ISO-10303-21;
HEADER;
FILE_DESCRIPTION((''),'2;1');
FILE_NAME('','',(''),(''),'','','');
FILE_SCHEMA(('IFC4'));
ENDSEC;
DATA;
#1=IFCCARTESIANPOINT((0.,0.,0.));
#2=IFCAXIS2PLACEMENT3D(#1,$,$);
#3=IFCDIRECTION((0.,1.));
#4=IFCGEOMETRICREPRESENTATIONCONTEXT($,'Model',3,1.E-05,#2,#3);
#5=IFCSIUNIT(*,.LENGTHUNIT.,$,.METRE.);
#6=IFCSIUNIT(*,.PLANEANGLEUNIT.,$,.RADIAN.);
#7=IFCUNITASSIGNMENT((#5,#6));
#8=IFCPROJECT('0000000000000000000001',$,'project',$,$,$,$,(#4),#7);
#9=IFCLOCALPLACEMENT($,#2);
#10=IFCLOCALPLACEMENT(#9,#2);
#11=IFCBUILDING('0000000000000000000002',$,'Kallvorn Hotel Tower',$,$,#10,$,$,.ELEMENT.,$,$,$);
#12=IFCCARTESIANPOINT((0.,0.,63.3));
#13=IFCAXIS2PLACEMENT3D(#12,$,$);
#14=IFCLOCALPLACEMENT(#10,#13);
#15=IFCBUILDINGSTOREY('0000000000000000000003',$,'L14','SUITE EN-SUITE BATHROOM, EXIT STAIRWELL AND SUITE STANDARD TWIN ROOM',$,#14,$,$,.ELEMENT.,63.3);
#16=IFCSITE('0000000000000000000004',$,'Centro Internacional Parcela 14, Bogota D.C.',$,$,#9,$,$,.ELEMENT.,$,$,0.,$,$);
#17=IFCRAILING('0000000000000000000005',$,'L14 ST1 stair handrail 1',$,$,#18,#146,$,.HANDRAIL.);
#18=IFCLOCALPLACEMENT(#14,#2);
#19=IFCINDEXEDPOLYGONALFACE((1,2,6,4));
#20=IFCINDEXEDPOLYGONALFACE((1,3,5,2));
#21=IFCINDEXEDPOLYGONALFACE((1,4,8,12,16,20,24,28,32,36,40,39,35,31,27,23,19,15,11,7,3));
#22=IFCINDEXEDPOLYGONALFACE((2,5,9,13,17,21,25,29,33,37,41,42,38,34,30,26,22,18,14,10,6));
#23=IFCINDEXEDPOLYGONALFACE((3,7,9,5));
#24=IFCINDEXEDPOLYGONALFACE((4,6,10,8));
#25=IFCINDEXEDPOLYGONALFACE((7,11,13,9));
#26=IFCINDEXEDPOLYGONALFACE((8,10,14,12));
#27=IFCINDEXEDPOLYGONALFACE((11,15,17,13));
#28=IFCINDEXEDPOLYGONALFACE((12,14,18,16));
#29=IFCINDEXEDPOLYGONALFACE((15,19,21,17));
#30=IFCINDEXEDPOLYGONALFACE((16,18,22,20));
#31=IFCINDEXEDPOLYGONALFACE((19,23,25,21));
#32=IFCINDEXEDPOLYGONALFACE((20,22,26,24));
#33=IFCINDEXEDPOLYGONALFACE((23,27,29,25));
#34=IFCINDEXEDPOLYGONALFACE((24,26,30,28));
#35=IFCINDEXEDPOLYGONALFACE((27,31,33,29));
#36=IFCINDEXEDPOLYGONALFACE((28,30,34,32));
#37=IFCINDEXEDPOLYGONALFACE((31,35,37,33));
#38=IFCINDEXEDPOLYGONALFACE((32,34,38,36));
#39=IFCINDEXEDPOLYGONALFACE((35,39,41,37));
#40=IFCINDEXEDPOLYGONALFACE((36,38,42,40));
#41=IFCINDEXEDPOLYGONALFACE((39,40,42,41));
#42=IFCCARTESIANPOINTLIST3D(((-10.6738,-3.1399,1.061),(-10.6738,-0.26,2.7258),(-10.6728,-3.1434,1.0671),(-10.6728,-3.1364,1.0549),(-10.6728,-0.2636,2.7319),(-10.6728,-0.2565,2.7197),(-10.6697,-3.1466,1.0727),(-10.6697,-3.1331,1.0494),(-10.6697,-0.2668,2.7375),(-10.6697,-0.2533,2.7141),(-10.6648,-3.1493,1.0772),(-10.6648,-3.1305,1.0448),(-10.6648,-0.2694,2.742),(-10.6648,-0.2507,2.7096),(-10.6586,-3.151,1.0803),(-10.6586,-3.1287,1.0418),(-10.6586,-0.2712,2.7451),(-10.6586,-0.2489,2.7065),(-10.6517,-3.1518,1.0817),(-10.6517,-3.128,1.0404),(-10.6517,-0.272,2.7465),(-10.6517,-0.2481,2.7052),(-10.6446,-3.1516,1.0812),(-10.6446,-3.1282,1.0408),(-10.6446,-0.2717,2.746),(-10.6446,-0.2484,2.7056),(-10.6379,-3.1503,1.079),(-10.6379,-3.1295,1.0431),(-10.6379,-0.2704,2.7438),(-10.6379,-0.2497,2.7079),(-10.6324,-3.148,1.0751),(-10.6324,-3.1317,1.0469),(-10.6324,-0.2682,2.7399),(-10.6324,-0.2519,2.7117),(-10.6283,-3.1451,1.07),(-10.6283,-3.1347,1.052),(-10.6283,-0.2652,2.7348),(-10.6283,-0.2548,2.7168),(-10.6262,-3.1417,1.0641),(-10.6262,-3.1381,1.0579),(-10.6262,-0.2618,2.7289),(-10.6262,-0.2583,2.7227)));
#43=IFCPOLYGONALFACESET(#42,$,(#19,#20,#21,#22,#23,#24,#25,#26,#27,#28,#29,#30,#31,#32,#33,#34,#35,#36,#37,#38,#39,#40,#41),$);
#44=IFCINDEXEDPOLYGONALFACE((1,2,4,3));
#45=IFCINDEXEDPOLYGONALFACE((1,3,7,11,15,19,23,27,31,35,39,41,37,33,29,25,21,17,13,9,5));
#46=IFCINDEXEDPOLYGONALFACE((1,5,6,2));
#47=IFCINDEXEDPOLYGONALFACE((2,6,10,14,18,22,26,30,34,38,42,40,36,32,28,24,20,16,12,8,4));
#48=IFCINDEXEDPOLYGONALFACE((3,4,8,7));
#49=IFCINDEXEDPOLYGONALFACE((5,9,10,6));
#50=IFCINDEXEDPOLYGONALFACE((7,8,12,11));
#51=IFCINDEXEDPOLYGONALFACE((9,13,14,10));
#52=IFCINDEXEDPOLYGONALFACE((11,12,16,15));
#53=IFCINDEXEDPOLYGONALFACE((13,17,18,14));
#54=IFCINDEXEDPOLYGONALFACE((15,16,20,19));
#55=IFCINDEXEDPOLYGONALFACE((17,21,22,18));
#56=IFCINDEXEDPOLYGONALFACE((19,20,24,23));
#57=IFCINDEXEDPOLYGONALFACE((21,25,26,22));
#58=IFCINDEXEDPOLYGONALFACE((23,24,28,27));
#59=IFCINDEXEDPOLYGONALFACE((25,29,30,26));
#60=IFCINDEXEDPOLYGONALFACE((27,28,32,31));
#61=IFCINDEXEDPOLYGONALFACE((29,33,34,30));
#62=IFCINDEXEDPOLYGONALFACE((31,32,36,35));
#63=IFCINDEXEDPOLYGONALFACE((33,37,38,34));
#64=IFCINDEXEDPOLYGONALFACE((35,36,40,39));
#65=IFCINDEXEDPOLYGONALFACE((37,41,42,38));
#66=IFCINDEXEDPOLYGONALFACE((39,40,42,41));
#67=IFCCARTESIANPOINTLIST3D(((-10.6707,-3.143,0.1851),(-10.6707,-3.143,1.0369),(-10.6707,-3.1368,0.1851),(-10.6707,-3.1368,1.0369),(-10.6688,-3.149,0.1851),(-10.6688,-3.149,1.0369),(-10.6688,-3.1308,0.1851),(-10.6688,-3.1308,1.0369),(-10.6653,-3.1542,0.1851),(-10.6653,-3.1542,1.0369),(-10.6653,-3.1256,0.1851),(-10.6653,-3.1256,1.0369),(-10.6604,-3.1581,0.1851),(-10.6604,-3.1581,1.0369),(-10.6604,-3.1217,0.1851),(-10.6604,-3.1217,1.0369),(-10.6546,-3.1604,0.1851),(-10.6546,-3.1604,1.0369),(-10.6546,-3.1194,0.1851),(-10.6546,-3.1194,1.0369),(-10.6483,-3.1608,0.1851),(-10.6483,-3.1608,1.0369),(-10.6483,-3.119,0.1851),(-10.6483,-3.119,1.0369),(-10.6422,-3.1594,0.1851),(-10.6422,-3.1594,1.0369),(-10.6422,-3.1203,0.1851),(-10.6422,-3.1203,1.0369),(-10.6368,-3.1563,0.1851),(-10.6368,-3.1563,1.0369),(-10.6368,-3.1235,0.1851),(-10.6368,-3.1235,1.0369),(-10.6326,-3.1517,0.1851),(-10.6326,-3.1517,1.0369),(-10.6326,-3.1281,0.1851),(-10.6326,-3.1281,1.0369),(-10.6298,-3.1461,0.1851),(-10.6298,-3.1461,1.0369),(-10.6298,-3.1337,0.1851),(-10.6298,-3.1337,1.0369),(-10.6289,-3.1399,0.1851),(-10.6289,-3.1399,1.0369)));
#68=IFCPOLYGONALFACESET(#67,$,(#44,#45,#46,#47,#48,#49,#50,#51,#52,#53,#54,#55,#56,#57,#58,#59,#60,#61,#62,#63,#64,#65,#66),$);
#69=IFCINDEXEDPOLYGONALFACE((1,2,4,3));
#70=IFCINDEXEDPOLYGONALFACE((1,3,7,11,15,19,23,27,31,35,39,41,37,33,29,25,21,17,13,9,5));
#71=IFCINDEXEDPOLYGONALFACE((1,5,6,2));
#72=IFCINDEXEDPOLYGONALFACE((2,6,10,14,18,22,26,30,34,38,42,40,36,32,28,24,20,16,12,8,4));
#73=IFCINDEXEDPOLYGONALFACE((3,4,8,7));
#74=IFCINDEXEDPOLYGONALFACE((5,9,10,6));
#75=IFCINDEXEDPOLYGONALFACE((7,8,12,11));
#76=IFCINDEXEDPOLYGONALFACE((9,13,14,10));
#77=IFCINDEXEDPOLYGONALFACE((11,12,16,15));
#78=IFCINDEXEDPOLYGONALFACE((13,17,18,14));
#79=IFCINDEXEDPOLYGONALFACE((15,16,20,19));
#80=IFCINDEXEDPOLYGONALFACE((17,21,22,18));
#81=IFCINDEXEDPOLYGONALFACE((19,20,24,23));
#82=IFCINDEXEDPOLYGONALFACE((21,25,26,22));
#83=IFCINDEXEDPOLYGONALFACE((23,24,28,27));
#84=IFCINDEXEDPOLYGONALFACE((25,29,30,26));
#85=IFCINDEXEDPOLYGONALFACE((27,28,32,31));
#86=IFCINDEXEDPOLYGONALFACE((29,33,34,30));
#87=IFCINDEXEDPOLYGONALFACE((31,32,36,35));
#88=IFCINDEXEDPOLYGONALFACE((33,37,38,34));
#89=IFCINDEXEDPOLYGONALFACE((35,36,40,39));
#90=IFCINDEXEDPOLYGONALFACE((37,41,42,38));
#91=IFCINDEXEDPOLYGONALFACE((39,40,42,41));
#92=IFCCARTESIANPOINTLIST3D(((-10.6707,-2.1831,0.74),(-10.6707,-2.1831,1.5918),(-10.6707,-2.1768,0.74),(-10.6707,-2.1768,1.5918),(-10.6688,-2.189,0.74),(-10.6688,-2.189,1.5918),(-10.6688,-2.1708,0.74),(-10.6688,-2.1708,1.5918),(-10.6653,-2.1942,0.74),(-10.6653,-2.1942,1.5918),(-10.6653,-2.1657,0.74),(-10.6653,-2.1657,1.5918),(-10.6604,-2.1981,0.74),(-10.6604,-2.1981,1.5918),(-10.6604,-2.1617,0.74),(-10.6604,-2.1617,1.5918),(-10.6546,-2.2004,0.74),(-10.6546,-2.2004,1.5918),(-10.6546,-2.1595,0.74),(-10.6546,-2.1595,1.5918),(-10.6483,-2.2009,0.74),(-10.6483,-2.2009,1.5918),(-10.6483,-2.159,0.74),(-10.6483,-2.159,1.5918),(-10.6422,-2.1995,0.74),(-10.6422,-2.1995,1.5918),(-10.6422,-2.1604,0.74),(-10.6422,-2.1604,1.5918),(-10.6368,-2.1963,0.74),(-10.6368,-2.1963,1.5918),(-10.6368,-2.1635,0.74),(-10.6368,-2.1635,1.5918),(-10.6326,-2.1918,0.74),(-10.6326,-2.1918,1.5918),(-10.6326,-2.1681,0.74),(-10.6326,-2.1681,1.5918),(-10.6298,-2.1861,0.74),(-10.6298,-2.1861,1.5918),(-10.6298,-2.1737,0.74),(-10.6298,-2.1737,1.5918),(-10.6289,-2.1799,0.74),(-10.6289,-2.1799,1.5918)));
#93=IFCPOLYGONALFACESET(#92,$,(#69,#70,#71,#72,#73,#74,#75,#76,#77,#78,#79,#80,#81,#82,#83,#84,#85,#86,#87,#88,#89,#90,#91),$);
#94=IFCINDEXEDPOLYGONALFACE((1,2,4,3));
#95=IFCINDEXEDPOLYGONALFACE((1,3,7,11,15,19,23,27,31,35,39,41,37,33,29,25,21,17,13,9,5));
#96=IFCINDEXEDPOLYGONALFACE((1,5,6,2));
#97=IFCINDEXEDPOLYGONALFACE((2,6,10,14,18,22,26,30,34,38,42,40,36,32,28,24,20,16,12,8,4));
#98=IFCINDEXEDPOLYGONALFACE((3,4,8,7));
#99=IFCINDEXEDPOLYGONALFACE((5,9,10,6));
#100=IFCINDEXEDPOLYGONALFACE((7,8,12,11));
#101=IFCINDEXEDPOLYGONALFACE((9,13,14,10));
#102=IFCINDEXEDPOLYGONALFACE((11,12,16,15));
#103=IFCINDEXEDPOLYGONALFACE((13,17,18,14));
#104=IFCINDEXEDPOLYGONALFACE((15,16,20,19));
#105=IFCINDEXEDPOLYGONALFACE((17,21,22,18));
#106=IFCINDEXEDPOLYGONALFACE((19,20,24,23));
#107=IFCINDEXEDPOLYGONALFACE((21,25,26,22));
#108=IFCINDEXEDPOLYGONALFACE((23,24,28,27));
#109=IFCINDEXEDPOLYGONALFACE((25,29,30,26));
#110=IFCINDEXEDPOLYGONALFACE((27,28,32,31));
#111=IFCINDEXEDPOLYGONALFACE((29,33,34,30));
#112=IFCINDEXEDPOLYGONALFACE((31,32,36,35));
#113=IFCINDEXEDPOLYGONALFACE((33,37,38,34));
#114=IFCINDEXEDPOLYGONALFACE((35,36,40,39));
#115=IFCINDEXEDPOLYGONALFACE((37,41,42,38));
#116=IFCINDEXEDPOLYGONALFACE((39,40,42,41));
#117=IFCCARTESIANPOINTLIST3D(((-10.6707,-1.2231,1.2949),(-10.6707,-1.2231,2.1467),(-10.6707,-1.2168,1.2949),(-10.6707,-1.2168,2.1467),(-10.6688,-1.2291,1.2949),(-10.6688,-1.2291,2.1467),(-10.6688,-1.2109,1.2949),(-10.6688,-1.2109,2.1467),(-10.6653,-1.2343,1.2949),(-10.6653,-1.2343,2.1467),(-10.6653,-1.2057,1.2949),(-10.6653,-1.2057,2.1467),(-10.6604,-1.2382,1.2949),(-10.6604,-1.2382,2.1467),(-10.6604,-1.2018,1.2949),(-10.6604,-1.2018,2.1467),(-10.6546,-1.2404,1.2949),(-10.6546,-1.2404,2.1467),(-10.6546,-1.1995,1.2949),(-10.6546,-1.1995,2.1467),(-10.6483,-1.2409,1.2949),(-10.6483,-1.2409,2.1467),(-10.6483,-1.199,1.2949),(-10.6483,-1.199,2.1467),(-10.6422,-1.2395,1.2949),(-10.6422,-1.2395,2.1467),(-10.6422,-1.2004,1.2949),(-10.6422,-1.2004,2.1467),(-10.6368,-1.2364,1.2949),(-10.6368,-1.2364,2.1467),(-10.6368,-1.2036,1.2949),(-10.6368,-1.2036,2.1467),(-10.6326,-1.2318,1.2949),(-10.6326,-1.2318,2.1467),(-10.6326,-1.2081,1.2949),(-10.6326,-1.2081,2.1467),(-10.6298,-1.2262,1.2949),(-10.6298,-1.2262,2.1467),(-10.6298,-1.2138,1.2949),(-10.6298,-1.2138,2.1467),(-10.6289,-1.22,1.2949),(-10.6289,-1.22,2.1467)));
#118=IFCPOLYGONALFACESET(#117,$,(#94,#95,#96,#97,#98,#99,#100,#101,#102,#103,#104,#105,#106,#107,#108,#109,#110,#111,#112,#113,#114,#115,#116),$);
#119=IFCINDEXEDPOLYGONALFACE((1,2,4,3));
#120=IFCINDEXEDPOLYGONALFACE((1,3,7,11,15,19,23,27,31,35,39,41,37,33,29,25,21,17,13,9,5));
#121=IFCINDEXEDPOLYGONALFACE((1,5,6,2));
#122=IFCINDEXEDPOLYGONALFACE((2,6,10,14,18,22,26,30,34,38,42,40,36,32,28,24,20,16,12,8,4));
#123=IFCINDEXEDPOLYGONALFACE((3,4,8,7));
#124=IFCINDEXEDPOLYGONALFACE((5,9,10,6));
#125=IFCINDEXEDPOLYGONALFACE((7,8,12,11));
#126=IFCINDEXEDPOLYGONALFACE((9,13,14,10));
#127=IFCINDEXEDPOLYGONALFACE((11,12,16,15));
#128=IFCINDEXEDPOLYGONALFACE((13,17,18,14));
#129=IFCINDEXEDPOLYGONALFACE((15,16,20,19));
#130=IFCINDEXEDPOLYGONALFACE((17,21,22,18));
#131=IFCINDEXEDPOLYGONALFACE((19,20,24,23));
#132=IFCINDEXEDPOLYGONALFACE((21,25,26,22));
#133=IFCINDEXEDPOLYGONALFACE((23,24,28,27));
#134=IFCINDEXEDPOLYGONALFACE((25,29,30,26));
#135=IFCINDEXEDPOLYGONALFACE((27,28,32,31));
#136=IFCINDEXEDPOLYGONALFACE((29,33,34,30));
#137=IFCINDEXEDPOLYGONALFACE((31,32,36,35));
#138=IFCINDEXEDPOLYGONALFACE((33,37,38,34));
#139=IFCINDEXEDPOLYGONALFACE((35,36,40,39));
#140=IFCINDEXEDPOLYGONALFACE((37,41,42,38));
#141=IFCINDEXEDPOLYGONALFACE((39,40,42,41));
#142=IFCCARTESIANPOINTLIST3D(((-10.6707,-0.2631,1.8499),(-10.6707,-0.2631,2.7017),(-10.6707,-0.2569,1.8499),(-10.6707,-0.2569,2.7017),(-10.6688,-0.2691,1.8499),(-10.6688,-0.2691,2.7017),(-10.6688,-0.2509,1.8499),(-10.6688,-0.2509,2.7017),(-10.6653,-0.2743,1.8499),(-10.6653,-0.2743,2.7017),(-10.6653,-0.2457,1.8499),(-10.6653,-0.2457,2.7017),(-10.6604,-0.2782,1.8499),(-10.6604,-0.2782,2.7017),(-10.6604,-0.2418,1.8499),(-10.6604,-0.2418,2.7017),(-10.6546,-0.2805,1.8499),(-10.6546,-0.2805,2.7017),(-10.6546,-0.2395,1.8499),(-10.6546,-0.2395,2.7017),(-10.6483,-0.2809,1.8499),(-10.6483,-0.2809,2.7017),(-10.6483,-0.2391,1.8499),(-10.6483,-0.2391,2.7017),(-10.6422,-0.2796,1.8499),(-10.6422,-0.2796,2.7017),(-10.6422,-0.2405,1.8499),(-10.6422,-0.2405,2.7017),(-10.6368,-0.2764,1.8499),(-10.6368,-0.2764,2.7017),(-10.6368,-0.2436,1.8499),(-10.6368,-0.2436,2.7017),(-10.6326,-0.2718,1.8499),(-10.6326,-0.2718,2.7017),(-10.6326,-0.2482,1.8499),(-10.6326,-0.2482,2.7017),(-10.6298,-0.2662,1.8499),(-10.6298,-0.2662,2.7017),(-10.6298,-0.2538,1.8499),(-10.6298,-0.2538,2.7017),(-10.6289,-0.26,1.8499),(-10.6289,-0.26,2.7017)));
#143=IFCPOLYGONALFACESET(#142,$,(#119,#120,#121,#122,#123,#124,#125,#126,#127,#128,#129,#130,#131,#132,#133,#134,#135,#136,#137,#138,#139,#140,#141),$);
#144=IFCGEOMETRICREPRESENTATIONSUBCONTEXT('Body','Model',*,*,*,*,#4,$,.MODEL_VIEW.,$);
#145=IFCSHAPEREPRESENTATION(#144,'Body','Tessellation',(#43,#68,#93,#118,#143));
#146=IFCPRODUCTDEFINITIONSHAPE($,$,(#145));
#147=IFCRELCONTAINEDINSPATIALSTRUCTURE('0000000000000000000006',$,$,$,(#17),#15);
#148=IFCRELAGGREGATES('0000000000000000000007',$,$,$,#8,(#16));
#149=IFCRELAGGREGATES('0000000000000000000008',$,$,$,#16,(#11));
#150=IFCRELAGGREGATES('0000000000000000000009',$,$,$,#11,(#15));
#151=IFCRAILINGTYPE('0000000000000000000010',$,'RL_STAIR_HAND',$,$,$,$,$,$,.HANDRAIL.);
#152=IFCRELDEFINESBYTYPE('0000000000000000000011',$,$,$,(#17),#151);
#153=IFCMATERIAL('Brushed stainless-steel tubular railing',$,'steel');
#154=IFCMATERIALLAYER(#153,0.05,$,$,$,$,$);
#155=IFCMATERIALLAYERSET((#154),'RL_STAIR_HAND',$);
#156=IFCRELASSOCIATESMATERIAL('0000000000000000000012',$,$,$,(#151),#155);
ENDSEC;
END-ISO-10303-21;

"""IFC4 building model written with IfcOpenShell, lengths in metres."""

from ifc_helpers import new_model, si_unit, direction, frame, origin, origin_2d, place, context, subcontext, project, spatial, circle, extrude, material, layer, layer_set, type_object, element, save


model = new_model("IFC4")

# Units and contexts
model_context = context("Model", 3, precision=1e-05, world=origin(), true_north=direction((0.0, 1.0)))
body_context = subcontext(model_context, "Body", "Model", "MODEL_VIEW")
ifc_project = project(units=[si_unit("LENGTHUNIT", "METRE"), si_unit("PLANEANGLEUNIT", "RADIAN")], contexts=[model_context])

# Site, building, storey
site_placement = place(None, origin())
site = spatial("IfcSite", under=ifc_project, at=site_placement, Name="Centro Internacional Parcela 14, Bogota D.C.", CompositionType="ELEMENT", RefElevation=0.0)
building_placement = place(site_placement, origin())
building = spatial("IfcBuilding", under=site, at=building_placement, Name="Kallvorn Hotel Tower", CompositionType="ELEMENT")
storey_placement = place(building_placement, frame((0.0, 0.0, 63.3)))
storey = spatial("IfcBuildingStorey", under=building, at=storey_placement, Name="L14", Description="SUITE EN-SUITE BATHROOM, EXIT STAIRWELL AND SUITE STANDARD TWIN ROOM", CompositionType="ELEMENT", Elevation=63.3)

# Railing
ifc_material_1 = material(Name="Brushed stainless-steel tubular railing", Category="steel")
ifc_layer_1 = layer(ifc_material_1, 0.05)
ifc_layer_set_1 = layer_set([ifc_layer_1], Name="RL_STAIR_HAND")
railing_type_1 = type_object("IfcRailingType", Name="RL_STAIR_HAND", PredefinedType="HANDRAIL", material=ifc_layer_set_1)
railing_1_placement = place(storey_placement, frame((-10.6499, -3.1399, 0.1851)))
element("IfcRailing", 1, at=railing_1_placement, inside=storey, type_object=railing_type_1, Name="L14 ST1 stair handrail 1", PredefinedType="HANDRAIL", context=body_context, shape_type="SweptSolid", body=[
    extrude(circle(Radius=0.0239, at=origin_2d()), frame((0.0, 0.0, 0.876), z_axis=(0.0, 0.865753, 0.500472), x_axis=(-1.0, 0.0, 0.0)), (0.0, 0.0, 1.0), 3.3264),
    extrude(circle(Radius=0.021, at=origin_2d()), origin(), (0.0, 0.0, 1.0), 0.8518),
    extrude(circle(Radius=0.021, at=origin_2d()), frame((0.0, 0.96, 0.5549)), (0.0, 0.0, 1.0), 0.8518),
    extrude(circle(Radius=0.021, at=origin_2d()), frame((0.0, 1.9199, 1.1099)), (0.0, 0.0, 1.0), 0.8518),
    extrude(circle(Radius=0.021, at=origin_2d()), frame((0.0, 2.8799, 1.6648)), (0.0, 0.0, 1.0), 0.8518),
])

save(model, "model.ifc")
